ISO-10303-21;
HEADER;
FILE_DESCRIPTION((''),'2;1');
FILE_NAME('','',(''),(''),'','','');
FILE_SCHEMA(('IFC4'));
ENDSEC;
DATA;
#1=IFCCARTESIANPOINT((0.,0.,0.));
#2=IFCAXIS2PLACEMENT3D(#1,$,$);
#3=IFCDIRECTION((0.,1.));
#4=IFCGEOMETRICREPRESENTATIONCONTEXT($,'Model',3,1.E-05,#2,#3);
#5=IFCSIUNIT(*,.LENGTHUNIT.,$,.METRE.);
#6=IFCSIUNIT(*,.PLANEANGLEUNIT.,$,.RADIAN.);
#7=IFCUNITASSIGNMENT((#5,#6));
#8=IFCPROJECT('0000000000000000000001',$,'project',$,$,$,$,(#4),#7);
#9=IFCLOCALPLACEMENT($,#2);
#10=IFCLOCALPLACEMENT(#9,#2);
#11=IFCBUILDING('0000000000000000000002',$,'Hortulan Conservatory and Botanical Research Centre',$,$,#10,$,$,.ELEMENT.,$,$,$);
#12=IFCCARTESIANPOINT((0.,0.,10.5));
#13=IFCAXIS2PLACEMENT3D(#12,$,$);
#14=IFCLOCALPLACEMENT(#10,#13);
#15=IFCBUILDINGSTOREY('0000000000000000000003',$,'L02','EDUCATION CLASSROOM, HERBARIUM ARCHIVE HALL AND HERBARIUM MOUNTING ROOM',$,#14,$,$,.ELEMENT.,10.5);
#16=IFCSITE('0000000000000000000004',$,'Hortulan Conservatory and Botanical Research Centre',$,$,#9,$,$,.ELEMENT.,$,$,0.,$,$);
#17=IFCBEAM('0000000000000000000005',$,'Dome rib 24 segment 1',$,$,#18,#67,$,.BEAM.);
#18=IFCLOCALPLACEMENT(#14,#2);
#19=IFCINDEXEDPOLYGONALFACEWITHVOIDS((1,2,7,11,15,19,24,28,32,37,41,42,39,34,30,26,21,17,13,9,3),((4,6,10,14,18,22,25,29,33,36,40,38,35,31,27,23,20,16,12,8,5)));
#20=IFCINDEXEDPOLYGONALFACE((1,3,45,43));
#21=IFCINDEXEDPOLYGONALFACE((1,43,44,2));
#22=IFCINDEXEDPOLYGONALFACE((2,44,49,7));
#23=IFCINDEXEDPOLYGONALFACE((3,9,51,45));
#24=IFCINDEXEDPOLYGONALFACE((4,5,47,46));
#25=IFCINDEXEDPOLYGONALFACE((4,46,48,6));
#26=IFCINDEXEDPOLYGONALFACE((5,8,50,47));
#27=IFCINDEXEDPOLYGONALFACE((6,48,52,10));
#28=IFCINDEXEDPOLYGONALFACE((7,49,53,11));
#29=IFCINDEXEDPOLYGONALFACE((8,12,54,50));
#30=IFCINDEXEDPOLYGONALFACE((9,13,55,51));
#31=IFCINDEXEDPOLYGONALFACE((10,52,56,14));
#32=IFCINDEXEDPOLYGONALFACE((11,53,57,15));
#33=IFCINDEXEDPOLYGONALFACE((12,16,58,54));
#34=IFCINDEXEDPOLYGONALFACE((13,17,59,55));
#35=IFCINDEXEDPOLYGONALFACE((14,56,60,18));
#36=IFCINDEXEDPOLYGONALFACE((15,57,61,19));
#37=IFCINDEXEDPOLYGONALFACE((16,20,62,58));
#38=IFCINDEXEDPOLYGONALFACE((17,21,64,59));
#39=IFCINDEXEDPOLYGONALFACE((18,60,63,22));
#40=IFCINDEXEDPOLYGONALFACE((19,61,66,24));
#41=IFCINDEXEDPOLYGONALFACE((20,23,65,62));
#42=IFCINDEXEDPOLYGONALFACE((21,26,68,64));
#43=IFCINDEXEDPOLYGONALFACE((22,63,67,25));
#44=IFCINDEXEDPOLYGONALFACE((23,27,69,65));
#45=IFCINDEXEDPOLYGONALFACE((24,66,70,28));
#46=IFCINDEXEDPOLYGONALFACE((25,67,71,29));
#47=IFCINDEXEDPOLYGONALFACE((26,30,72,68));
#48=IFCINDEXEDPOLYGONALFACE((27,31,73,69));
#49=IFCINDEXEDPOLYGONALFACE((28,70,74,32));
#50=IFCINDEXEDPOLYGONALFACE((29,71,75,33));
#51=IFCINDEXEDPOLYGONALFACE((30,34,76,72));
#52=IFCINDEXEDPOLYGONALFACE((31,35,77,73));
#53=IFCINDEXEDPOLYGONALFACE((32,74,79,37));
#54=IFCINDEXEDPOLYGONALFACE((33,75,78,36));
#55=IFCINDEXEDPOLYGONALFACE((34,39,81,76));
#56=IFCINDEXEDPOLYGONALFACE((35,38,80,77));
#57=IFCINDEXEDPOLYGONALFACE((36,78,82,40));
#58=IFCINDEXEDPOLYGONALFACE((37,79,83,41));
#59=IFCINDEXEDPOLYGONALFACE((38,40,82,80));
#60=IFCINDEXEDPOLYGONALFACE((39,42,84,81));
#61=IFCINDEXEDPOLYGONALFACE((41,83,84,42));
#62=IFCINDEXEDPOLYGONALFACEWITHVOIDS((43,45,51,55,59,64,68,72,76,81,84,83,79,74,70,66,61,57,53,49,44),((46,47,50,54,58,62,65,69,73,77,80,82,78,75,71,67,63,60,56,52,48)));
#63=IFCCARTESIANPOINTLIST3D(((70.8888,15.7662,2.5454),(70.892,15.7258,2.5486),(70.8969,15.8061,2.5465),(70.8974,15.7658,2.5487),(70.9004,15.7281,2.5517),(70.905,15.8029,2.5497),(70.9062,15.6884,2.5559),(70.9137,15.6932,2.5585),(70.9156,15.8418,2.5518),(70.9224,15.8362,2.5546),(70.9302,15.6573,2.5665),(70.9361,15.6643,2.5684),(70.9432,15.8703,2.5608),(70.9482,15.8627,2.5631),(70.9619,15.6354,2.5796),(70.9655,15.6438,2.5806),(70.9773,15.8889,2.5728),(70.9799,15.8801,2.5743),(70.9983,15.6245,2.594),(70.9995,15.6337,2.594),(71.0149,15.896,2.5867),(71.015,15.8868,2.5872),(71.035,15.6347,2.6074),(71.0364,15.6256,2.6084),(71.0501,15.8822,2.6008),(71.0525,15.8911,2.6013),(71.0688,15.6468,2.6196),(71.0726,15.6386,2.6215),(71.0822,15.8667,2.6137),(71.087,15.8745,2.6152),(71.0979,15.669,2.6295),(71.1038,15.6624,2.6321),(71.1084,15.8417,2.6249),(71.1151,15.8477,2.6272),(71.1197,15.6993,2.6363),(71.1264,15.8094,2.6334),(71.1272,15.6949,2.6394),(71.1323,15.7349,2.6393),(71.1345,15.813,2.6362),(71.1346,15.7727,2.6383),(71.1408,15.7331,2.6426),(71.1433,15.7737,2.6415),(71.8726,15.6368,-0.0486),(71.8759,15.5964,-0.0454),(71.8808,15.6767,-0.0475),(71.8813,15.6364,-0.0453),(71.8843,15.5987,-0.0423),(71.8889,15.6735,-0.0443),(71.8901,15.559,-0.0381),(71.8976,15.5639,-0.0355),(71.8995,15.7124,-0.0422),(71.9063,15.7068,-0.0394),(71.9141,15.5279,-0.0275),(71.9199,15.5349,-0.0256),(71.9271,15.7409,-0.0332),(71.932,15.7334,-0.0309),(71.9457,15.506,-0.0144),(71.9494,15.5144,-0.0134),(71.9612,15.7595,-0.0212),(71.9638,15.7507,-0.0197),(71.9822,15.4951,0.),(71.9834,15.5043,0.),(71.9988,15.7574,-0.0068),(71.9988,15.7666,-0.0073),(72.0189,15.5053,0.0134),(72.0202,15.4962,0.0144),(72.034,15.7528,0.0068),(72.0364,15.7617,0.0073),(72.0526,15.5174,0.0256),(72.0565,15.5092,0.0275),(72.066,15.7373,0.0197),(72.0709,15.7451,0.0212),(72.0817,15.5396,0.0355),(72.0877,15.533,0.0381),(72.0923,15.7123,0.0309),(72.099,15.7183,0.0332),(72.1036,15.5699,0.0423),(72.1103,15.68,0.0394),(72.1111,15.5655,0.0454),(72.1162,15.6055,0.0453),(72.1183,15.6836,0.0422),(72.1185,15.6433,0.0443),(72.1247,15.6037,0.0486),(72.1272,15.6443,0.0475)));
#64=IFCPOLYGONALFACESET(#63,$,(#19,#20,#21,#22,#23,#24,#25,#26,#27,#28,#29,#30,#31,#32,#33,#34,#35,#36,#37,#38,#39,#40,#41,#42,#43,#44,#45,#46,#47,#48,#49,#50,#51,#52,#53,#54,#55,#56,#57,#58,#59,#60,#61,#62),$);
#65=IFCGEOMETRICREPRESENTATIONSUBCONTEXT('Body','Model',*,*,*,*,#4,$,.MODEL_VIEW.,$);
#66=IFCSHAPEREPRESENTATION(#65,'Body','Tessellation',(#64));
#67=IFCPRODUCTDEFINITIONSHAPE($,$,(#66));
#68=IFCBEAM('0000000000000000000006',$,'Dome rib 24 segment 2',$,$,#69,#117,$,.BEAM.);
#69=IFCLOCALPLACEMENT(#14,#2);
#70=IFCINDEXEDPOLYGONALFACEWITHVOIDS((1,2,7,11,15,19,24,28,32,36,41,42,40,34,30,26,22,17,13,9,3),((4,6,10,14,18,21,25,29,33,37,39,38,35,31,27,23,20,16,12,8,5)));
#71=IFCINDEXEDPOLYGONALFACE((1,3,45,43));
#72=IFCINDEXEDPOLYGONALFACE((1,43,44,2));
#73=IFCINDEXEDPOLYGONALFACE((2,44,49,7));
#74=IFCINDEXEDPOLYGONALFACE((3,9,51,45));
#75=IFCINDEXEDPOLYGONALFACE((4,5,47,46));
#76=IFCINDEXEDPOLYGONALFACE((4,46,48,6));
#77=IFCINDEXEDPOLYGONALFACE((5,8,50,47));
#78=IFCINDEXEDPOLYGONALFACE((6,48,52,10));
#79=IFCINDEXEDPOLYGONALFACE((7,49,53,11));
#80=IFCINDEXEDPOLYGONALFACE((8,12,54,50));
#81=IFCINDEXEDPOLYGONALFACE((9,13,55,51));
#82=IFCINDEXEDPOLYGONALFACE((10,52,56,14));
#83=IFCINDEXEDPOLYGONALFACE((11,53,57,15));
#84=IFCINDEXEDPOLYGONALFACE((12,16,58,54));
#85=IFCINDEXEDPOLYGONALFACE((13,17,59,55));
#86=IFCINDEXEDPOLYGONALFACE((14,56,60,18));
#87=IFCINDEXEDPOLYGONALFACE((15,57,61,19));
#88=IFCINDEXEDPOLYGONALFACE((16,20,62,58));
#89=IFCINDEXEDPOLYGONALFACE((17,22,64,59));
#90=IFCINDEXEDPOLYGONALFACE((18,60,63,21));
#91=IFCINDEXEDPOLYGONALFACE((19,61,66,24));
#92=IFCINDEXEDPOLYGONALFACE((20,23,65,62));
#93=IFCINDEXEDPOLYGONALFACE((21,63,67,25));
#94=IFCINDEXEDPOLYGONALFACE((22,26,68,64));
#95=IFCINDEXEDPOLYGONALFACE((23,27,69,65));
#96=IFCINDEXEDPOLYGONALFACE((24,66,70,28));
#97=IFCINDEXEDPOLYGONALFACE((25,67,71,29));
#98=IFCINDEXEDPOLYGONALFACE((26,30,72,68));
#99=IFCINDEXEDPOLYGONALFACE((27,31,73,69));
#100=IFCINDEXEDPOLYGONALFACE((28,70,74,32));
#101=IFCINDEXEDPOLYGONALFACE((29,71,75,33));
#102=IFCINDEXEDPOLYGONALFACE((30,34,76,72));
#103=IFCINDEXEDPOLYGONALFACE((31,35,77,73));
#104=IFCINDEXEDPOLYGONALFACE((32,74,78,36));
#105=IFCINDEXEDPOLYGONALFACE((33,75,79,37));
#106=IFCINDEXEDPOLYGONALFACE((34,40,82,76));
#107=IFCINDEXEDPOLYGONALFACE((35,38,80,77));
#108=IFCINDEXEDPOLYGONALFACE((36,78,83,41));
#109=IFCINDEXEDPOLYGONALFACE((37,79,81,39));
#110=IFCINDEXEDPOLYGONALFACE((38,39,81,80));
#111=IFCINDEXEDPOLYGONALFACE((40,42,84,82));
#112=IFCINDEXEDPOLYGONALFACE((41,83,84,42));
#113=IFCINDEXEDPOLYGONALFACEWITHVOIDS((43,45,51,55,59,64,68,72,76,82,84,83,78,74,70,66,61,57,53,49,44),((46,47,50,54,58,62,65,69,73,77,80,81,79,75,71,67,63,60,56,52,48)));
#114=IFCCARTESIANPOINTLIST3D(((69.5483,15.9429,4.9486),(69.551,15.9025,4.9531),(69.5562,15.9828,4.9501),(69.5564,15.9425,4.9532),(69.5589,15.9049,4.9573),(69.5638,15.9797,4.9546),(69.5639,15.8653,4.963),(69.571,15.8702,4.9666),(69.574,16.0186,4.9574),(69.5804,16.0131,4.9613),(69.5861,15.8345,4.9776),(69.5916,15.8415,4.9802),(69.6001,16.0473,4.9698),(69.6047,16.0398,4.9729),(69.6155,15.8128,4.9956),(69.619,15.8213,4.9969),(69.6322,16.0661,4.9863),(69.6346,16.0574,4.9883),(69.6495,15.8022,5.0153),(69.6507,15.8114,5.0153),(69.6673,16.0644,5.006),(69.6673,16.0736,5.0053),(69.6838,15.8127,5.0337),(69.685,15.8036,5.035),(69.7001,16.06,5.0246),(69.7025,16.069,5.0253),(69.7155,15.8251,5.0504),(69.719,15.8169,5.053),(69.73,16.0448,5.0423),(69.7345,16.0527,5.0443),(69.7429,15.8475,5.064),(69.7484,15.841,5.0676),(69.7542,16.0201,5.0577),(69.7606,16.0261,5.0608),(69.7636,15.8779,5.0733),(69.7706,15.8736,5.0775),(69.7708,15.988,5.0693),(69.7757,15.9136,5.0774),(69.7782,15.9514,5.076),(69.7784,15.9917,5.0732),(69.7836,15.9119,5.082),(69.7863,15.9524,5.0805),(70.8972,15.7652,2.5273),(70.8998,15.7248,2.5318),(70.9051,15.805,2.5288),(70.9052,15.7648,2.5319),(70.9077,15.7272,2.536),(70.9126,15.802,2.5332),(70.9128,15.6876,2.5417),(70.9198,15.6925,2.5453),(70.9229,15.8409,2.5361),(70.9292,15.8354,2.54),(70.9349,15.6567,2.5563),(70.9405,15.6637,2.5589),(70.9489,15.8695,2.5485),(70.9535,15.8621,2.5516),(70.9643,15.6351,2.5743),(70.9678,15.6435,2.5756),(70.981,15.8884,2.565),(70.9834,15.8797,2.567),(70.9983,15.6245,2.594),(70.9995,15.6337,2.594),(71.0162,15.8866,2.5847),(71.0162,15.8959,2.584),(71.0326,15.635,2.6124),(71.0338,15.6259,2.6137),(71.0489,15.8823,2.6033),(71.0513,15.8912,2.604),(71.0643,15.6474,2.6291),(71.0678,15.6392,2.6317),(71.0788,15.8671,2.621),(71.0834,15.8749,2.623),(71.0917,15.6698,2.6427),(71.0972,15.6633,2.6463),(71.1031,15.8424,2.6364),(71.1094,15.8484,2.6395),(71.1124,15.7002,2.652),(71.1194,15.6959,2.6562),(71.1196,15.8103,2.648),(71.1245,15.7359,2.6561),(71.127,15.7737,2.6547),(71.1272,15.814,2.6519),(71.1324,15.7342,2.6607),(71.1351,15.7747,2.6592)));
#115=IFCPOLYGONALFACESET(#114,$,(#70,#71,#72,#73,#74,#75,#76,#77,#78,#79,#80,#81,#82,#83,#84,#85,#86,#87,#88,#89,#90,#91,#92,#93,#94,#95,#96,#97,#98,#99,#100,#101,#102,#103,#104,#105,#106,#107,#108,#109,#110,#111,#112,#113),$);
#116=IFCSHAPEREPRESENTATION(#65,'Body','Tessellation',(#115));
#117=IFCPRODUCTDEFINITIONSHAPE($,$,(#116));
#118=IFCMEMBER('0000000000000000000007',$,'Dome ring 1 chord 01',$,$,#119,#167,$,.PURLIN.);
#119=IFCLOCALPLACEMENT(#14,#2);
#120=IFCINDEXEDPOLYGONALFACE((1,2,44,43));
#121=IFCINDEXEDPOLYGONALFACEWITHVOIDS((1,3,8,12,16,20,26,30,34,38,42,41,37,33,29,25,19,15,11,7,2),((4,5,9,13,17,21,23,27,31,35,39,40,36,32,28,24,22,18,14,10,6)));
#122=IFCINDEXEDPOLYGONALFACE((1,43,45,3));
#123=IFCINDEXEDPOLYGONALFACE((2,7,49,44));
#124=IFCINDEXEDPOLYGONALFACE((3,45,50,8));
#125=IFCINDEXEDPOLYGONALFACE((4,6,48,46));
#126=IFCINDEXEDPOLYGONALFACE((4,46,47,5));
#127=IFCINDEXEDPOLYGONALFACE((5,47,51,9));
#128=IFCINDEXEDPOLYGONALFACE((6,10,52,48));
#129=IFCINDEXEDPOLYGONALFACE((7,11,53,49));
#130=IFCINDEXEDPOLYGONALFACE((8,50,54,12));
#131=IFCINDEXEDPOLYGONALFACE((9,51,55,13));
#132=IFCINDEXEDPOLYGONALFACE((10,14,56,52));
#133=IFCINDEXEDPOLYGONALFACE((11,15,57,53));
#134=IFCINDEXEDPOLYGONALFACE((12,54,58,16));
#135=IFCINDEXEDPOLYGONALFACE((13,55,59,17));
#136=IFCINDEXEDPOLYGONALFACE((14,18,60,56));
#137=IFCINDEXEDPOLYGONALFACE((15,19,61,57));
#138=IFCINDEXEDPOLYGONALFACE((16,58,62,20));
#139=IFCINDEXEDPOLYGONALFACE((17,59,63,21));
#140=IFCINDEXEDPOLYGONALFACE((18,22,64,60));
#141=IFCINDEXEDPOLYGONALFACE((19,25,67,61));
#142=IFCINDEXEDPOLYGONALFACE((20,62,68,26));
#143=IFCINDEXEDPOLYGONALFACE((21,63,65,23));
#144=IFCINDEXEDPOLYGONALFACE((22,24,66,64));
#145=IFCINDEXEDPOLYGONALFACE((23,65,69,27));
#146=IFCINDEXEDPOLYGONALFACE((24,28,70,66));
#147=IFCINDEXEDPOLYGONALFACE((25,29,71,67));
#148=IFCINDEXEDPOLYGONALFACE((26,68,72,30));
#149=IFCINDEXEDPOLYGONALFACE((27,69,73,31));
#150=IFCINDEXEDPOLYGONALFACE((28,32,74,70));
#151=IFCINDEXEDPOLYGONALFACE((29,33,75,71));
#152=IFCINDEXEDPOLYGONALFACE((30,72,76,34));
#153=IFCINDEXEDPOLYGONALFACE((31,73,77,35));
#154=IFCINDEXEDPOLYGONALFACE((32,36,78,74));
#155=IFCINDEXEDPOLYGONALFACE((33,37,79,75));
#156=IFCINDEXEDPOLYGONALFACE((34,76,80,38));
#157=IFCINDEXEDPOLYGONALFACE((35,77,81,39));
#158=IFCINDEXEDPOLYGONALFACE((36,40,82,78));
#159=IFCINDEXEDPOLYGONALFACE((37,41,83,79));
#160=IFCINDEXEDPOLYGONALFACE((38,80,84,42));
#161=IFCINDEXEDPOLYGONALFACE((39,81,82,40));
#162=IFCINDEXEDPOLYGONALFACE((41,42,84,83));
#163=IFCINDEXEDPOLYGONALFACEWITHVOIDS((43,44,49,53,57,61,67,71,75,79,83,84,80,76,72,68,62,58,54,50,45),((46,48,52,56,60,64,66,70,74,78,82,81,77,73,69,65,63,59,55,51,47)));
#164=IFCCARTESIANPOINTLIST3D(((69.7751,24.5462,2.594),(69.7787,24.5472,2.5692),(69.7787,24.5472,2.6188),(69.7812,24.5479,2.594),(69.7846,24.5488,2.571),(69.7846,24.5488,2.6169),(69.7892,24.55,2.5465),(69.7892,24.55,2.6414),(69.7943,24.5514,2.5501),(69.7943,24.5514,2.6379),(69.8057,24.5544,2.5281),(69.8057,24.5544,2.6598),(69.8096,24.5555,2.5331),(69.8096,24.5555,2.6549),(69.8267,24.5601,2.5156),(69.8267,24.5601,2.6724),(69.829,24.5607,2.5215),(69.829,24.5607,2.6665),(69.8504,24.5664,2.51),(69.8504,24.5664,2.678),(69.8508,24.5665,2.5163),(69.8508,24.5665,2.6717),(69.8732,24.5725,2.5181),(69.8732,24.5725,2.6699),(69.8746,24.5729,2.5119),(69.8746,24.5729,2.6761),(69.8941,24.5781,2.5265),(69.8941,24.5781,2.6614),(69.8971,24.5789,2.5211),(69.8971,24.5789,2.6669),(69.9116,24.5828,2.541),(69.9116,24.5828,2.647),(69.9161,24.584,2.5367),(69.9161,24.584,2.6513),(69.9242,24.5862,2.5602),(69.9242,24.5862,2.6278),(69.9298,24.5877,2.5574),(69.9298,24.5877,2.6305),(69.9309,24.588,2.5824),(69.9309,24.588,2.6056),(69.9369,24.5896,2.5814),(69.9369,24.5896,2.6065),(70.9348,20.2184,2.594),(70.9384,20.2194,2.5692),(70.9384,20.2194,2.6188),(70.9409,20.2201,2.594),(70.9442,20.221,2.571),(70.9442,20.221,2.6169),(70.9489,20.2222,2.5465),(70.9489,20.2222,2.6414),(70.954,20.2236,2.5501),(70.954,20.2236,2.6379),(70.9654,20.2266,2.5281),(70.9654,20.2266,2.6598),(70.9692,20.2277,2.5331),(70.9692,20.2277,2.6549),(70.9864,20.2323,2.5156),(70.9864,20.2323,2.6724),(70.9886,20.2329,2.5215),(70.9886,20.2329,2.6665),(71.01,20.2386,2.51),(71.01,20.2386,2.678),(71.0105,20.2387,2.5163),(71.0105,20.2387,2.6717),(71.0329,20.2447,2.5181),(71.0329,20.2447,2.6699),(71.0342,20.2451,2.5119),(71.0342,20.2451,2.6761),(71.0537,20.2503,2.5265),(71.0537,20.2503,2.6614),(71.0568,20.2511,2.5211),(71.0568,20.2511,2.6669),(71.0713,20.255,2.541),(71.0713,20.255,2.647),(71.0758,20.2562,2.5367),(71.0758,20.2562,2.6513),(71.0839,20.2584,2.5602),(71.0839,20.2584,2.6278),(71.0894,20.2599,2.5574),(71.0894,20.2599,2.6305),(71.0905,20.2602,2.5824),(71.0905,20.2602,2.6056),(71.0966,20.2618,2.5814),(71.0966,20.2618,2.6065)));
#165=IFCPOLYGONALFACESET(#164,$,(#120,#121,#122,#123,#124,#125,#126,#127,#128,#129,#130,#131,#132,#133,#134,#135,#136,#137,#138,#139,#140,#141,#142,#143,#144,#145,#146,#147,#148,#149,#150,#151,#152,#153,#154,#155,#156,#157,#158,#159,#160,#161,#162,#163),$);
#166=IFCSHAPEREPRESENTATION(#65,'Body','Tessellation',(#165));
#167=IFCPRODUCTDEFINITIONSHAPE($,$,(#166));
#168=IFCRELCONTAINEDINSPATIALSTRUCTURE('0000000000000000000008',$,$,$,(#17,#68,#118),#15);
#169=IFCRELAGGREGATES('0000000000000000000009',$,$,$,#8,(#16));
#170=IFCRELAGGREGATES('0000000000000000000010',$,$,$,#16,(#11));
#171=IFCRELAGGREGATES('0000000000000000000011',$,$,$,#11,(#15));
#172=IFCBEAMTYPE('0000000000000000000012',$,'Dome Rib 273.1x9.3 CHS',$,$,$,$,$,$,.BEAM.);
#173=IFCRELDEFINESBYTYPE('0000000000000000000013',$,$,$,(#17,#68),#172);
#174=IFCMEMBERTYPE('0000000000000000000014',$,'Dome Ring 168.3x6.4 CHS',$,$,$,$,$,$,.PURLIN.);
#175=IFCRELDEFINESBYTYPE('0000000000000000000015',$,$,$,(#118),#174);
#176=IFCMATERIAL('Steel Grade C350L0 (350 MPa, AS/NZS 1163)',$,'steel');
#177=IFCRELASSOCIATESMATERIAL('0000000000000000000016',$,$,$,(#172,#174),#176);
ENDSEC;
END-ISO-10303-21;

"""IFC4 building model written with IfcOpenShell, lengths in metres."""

from ifc_helpers import new_model, si_unit, direction, frame, origin, origin_2d, place, context, subcontext, project, spatial, hollow_circle, extrude, material, material_profile, profile_set, type_object, element, save


model = new_model("IFC4")

# Units and contexts
model_context = context("Model", 3, precision=1e-05, world=origin(), true_north=direction((0.0, 1.0)))
body_context = subcontext(model_context, "Body", "Model", "MODEL_VIEW")
ifc_project = project(units=[si_unit("LENGTHUNIT", "METRE"), si_unit("PLANEANGLEUNIT", "RADIAN")], contexts=[model_context])

# Site, building, storey
site_placement = place(None, origin())
site = spatial("IfcSite", under=ifc_project, at=site_placement, Name="Hortulan Conservatory and Botanical Research Centre", CompositionType="ELEMENT", RefElevation=0.0)
building_placement = place(site_placement, origin())
building = spatial("IfcBuilding", under=site, at=building_placement, Name="Hortulan Conservatory and Botanical Research Centre", CompositionType="ELEMENT")
storey_placement = place(building_placement, frame((0.0, 0.0, 10.5)))
storey = spatial("IfcBuildingStorey", under=building, at=storey_placement, Name="L02", Description="EDUCATION CLASSROOM, HERBARIUM ARCHIVE HALL AND HERBARIUM MOUNTING ROOM", CompositionType="ELEMENT", Elevation=10.5)

# Beams
ifc_material_1 = material(Name="Steel Grade C350L0 (350 MPa, AS/NZS 1163)", Category="steel")
ifc_material_profile_1 = material_profile(ifc_material_1, hollow_circle(Radius=0.1365, WallThickness=0.0093, at=origin_2d()), Name="273.1x9.3CHS")
ifc_profile_set_1 = profile_set([ifc_material_profile_1], Name="Steel Grade C350L0 (350 MPa, AS/NZS 1163)")
beam_type_1 = type_object("IfcBeamType", Name="Dome Rib 273.1x9.3 CHS", PredefinedType="BEAM", material=ifc_profile_set_1)
for number, where, z_axis, x_axis, name in (
    (1, (72.0, 15.6304, 0.0), (-0.354256, 0.046589, 0.933987), (-0.130391, -0.991463, 0.0), "Dome rib 24 segment 1"),
    (2, (71.0161, 15.7598, 2.594), (-0.485655, 0.063992, 0.871805), (-0.130636, -0.99143, 0.0), "Dome rib 24 segment 2"),
):
    element("IfcBeam", number, at=place(storey_placement, frame(where, z_axis=z_axis, x_axis=x_axis)), inside=storey, type_object=beam_type_1, Name=name, PredefinedType="BEAM", context=body_context, shape_type="SweptSolid", body=[
        extrude(hollow_circle(Radius=0.1365, WallThickness=0.0093, at=origin_2d()), origin(), (0.0, 0.0, 1.0), 2.7773),
    ])

# Member
ifc_material_profile_2 = material_profile(ifc_material_1, hollow_circle(Radius=0.0842, WallThickness=0.0063, at=origin_2d()), Name="168.3x6.4CHS")
ifc_profile_set_2 = profile_set([ifc_material_profile_2], Name="Steel Grade C350L0 (350 MPa, AS/NZS 1163)")
member_type_1 = type_object("IfcMemberType", Name="Dome Ring 168.3x6.4 CHS", PredefinedType="PURLIN", material=ifc_profile_set_2)
for number, where, z_axis, x_axis, name in (
    (3, (71.0161, 20.2402, 2.594), (-0.258822, 0.965925, 0.0), (-0.965925, -0.258822, 0.0), "Dome ring 1 chord 01"),
):
    element("IfcMember", number, at=place(storey_placement, frame(where, z_axis=z_axis, x_axis=x_axis)), inside=storey, type_object=member_type_1, Name=name, PredefinedType="PURLIN", context=body_context, shape_type="SweptSolid", body=[
        extrude(hollow_circle(Radius=0.0842, WallThickness=0.0063, at=origin_2d()), origin(), (0.0, 0.0, 1.0), 4.4805),
    ])

save(model, "model.ifc")
